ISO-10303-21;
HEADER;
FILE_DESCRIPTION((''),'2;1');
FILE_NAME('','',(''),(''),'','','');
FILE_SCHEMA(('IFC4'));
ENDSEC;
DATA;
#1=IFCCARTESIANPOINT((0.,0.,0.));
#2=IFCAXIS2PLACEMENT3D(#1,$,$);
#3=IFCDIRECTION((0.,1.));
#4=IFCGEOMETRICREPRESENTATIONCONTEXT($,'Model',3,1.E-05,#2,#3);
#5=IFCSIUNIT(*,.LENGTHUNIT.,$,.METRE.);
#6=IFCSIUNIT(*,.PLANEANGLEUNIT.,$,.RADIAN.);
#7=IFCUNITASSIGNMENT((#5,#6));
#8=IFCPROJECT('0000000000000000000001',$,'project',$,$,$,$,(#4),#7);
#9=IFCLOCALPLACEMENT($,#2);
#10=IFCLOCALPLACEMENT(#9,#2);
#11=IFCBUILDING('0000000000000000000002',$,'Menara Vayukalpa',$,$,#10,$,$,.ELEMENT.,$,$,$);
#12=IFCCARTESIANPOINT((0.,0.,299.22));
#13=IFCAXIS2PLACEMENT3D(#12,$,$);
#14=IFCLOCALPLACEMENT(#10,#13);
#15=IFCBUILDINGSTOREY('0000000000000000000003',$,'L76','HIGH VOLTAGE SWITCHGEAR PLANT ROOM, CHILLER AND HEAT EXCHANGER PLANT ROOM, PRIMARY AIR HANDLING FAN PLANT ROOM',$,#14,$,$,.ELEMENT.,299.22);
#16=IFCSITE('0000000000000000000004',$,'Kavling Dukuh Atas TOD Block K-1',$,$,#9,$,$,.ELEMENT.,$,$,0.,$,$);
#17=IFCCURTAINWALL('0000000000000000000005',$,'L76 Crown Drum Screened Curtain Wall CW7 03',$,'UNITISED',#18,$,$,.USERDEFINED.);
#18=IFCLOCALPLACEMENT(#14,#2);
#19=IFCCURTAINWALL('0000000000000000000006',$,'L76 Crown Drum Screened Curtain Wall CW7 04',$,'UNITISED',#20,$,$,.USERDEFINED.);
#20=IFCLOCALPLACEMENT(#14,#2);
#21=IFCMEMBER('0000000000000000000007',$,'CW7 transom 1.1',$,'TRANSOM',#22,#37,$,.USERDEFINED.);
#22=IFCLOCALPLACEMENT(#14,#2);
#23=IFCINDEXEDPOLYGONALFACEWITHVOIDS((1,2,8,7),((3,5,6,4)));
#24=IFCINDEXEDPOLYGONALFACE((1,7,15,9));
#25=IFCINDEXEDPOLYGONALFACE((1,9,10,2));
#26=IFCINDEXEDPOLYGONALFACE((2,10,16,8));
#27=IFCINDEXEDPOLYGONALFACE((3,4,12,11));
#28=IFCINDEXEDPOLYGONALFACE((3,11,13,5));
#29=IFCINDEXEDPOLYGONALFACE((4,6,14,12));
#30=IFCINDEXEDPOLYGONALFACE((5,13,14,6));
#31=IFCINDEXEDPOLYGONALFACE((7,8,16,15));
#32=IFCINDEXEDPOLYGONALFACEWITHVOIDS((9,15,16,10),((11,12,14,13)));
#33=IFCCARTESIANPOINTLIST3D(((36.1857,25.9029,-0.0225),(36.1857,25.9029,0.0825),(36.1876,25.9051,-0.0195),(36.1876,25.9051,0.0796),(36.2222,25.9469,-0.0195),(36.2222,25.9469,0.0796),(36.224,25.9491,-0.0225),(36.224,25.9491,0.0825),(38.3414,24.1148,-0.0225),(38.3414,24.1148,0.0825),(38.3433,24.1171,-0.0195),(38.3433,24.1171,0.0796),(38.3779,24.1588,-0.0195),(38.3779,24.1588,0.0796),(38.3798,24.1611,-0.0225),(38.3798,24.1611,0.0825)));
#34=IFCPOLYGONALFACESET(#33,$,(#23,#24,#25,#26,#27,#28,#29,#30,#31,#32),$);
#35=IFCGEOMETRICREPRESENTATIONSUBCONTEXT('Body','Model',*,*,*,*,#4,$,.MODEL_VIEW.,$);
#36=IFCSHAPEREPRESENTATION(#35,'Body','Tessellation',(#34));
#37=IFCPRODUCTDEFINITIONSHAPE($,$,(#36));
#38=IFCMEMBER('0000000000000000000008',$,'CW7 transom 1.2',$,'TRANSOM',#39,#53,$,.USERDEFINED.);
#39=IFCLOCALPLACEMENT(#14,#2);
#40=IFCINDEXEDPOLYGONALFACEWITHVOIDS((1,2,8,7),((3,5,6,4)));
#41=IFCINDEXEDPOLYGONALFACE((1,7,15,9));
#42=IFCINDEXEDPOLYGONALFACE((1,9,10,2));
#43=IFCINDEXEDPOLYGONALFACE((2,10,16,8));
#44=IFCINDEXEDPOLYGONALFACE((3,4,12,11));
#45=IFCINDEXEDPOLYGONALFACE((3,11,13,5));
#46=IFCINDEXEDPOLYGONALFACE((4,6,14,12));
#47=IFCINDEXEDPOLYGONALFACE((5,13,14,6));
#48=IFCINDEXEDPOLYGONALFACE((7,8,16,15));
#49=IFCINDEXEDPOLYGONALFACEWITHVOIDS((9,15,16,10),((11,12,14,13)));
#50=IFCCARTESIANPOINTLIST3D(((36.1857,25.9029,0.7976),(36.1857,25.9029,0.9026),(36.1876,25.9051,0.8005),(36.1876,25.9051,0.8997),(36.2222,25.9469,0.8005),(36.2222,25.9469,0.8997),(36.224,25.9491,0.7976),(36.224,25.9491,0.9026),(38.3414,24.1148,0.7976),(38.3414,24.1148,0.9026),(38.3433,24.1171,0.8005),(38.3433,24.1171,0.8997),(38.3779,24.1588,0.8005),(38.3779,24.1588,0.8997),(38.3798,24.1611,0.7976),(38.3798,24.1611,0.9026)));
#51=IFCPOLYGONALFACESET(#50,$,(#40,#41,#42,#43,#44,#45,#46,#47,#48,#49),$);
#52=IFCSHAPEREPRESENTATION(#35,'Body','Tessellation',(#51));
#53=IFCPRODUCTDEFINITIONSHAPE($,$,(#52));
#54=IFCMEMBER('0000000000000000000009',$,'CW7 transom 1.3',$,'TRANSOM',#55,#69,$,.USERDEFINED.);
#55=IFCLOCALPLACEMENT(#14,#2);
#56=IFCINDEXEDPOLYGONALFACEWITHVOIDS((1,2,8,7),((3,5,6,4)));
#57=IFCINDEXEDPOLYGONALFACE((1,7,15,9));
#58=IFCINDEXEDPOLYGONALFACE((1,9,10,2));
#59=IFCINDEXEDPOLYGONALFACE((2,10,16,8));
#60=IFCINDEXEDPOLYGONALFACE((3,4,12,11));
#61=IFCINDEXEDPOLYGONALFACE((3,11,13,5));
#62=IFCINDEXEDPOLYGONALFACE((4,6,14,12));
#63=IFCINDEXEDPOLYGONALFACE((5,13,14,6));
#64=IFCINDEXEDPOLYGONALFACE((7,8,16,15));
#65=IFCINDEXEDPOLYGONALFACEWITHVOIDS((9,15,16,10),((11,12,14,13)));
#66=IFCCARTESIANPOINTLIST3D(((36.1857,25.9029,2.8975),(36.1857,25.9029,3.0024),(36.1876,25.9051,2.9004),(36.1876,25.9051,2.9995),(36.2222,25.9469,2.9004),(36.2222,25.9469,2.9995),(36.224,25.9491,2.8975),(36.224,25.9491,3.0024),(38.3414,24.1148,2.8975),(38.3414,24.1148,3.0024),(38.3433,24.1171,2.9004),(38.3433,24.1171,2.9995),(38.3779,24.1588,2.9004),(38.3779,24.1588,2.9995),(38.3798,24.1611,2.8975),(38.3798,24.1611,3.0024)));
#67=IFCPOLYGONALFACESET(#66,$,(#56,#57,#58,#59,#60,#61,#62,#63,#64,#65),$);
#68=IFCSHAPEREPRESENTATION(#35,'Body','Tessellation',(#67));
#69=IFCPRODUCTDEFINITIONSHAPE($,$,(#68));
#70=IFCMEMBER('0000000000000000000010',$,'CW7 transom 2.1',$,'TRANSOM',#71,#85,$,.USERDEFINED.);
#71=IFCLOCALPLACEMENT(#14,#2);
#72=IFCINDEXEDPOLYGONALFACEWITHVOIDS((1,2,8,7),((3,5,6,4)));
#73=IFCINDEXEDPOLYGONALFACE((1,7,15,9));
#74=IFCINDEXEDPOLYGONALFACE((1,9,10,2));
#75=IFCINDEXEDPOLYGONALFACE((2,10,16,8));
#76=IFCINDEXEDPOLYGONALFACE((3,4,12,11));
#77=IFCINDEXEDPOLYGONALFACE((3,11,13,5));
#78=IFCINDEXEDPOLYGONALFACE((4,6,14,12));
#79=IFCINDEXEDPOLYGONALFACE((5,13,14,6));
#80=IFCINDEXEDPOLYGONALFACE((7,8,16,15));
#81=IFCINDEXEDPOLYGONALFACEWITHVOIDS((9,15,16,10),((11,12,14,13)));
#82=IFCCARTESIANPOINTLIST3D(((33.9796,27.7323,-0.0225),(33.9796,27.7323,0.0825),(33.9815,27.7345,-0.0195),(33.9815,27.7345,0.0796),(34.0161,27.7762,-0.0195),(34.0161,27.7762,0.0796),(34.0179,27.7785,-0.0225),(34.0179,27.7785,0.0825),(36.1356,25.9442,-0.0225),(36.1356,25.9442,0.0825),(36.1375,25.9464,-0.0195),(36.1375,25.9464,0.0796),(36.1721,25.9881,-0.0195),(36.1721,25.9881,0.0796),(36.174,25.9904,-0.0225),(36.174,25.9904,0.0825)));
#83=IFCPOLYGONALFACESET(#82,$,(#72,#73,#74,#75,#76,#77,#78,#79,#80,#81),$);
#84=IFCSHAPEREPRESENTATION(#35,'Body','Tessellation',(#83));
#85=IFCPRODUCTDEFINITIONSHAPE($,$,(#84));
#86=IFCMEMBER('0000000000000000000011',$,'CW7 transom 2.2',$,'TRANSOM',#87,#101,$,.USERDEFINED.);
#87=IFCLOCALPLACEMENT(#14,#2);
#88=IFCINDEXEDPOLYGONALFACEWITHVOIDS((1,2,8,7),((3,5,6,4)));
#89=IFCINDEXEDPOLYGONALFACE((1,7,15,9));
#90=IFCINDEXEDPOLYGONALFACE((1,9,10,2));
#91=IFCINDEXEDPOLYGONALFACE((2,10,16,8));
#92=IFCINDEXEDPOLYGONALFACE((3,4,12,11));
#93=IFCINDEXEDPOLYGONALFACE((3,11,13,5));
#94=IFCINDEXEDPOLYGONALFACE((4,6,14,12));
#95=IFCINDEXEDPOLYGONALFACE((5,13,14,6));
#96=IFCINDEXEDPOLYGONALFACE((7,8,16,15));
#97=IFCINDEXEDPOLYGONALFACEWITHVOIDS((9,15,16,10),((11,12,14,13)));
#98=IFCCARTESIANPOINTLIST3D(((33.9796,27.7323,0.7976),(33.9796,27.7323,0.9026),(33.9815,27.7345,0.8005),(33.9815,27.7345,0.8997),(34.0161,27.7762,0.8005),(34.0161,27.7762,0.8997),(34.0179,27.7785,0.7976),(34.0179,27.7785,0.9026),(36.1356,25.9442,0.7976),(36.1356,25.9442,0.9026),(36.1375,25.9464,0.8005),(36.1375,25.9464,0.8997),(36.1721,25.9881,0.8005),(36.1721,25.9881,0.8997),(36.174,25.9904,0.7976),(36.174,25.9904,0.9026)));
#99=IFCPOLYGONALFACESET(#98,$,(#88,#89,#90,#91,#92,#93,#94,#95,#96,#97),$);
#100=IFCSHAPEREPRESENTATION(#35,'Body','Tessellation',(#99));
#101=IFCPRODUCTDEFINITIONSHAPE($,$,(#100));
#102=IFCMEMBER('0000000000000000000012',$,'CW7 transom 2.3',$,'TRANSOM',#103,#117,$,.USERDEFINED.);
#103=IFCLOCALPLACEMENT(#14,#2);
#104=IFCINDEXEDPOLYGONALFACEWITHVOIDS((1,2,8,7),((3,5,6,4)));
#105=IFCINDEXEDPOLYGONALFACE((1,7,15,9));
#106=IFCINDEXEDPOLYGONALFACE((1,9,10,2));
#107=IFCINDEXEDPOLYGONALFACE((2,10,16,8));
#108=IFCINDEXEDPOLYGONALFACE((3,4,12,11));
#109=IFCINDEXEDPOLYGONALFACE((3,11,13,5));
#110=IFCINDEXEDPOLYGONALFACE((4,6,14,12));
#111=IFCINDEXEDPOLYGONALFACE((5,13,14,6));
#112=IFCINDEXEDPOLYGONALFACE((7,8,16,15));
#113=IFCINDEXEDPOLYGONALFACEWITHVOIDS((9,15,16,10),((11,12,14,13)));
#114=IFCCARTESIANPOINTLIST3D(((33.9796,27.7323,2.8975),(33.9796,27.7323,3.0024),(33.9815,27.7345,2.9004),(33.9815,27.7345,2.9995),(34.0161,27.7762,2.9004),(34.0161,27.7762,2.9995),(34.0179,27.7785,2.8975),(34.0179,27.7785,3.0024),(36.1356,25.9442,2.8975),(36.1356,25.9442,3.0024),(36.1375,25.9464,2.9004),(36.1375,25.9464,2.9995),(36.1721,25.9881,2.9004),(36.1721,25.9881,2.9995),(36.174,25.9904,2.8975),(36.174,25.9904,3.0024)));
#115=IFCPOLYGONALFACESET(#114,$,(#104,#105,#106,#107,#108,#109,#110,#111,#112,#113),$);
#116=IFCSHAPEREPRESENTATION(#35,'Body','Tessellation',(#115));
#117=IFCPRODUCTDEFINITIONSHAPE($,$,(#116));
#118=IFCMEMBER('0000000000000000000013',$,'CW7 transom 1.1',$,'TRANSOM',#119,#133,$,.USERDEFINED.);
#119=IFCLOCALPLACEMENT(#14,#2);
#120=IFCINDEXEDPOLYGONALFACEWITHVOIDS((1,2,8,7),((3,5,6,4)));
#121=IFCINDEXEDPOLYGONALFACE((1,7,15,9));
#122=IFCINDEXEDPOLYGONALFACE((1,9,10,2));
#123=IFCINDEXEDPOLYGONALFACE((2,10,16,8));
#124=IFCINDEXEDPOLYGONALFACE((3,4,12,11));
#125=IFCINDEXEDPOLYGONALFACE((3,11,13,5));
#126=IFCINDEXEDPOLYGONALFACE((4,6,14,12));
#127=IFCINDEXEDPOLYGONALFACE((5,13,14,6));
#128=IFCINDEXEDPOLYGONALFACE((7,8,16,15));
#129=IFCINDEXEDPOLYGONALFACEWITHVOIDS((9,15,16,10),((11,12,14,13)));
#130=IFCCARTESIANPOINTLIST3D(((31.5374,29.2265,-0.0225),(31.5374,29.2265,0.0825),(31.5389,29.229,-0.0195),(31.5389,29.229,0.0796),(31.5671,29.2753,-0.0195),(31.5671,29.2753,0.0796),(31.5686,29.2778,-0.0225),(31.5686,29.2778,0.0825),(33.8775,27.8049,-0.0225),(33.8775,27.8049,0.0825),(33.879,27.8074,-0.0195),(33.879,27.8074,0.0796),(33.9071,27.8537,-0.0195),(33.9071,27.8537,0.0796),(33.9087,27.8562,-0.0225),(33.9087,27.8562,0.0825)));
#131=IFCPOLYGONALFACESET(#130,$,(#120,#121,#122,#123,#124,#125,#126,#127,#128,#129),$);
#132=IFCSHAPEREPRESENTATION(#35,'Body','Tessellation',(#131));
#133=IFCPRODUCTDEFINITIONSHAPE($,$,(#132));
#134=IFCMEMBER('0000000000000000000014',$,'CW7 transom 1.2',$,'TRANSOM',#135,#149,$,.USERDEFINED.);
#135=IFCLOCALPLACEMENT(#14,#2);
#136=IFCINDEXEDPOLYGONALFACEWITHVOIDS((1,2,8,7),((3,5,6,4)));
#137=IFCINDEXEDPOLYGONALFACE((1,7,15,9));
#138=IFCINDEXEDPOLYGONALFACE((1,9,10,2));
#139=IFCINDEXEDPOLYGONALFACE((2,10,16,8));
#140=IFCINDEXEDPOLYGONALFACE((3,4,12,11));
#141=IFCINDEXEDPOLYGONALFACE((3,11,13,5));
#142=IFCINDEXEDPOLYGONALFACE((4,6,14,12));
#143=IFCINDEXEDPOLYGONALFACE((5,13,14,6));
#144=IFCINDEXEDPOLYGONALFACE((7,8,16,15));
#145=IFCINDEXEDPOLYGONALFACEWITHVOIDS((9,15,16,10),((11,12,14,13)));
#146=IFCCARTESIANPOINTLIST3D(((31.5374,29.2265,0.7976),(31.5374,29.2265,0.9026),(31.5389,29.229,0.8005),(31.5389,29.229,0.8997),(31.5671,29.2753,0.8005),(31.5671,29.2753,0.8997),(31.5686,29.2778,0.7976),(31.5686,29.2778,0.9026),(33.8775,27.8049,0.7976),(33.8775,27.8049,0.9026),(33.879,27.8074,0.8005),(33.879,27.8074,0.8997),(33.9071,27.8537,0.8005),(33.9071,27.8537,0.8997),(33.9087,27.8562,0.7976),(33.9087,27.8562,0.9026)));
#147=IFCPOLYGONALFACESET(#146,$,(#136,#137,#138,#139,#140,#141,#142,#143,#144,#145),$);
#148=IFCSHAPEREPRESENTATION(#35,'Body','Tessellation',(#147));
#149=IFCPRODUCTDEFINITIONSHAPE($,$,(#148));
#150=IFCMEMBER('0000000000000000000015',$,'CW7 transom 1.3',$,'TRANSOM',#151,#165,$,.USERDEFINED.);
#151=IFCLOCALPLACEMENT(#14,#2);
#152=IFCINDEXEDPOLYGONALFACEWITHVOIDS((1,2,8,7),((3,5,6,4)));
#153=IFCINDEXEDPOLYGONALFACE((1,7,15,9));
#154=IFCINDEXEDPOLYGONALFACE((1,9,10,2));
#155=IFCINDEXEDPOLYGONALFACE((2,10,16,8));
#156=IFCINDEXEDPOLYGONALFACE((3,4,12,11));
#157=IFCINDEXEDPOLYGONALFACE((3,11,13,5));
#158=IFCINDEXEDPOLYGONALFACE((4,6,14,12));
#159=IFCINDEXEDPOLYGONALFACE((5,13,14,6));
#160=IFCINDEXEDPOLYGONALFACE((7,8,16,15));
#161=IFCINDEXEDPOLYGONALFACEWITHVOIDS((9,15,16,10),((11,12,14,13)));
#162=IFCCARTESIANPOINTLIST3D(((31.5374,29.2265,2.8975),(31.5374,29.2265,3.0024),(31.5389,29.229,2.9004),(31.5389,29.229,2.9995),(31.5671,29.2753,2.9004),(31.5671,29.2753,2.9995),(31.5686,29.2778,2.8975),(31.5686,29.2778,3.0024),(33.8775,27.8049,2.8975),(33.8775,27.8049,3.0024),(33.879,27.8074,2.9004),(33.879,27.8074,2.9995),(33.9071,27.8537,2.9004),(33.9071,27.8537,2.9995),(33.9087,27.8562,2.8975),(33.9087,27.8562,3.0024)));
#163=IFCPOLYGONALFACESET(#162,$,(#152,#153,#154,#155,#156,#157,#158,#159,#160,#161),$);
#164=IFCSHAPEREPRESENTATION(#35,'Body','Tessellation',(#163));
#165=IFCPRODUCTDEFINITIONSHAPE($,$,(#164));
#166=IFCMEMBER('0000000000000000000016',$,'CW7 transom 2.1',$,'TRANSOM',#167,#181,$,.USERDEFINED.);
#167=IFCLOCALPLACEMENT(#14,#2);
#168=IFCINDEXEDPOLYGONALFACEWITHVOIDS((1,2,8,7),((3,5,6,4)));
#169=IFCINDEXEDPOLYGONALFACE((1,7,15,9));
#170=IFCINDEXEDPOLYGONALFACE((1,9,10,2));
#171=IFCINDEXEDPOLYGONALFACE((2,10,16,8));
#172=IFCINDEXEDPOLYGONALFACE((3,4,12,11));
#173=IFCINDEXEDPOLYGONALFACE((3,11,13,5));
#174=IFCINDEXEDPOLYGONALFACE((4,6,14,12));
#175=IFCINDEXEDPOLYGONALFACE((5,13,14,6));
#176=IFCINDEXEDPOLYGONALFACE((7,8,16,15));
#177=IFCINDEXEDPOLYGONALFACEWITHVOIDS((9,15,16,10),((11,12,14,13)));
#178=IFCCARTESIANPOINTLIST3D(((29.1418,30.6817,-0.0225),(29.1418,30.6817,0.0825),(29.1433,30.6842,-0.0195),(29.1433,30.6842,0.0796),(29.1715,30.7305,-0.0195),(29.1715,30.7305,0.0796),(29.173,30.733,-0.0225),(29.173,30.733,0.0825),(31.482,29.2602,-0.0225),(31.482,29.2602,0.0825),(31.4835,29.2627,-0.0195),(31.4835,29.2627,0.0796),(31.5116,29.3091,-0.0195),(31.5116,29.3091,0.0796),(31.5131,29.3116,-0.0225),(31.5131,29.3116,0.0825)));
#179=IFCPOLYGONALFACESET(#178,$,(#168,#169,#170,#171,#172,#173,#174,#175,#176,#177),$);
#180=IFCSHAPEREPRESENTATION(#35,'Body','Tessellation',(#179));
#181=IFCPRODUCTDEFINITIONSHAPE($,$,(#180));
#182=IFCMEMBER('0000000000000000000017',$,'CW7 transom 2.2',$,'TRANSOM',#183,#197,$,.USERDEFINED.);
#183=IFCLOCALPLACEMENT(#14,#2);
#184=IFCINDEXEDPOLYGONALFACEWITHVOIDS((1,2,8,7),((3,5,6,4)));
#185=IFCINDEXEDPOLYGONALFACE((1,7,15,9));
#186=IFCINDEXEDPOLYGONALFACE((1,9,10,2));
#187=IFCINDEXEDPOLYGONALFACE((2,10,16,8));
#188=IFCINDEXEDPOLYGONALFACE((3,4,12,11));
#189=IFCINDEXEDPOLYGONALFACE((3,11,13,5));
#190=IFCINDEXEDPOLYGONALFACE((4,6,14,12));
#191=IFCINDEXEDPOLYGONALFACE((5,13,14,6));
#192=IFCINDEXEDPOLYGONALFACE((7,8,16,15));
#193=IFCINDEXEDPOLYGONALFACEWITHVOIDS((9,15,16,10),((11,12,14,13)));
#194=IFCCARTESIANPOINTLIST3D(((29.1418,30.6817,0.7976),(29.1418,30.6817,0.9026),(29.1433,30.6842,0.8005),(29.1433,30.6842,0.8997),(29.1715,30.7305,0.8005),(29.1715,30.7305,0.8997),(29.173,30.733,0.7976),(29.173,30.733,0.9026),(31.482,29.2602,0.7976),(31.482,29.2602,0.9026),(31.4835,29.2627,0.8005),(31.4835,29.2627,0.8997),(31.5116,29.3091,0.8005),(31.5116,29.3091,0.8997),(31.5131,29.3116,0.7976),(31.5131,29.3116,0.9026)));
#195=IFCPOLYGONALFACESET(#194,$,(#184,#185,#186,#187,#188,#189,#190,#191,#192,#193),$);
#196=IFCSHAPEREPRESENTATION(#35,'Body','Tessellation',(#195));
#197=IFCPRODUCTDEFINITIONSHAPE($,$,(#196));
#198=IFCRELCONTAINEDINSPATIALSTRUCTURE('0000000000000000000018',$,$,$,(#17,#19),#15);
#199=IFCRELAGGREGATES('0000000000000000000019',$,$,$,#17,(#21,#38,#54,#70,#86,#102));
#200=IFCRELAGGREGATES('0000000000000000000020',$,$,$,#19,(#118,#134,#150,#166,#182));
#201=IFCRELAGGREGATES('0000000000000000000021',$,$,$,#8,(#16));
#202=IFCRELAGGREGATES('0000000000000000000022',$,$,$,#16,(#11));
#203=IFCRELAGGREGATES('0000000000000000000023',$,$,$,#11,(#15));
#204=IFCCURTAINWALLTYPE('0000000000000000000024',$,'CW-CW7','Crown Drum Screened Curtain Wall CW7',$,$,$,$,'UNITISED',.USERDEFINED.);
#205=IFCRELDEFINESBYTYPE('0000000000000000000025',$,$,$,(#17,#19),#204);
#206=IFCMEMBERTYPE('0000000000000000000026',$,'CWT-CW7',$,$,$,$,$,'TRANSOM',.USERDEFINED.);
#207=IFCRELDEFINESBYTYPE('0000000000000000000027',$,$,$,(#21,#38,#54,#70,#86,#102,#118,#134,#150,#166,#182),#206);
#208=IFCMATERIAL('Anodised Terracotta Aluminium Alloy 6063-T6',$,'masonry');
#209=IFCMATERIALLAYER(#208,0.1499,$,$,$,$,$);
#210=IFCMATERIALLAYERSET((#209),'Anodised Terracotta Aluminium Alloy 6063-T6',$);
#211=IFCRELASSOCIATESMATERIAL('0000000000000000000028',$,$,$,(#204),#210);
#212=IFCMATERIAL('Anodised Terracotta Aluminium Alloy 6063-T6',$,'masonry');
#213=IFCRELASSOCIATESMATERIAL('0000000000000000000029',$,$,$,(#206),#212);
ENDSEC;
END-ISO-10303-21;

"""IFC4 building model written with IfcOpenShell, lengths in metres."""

from ifc_helpers import new_model, si_unit, direction, frame, origin, origin_2d, place, context, subcontext, project, spatial, hollow_rectangle, extrude, material, layer, layer_set, material_profile, profile_set, type_object, element, aggregate, save


model = new_model("IFC4")

# Units and contexts
model_context = context("Model", 3, precision=1e-05, world=origin(), true_north=direction((0.0, 1.0)))
body_context = subcontext(model_context, "Body", "Model", "MODEL_VIEW")
ifc_project = project(units=[si_unit("LENGTHUNIT", "METRE"), si_unit("PLANEANGLEUNIT", "RADIAN")], contexts=[model_context])

# Site, building, storey
site_placement = place(None, origin())
site = spatial("IfcSite", under=ifc_project, at=site_placement, Name="Kavling Dukuh Atas TOD Block K-1", CompositionType="ELEMENT", RefElevation=0.0)
building_placement = place(site_placement, origin())
building = spatial("IfcBuilding", under=site, at=building_placement, Name="Menara Vayukalpa", CompositionType="ELEMENT")
storey_placement = place(building_placement, frame((0.0, 0.0, 299.22)))
storey = spatial("IfcBuildingStorey", under=building, at=storey_placement, Name="L76", Description="HIGH VOLTAGE SWITCHGEAR PLANT ROOM, CHILLER AND HEAT EXCHANGER PLANT ROOM, PRIMARY AIR HANDLING FAN PLANT ROOM", CompositionType="ELEMENT", Elevation=299.22)

# Curtain walls
ifc_material_1 = material(Name="Anodised Terracotta Aluminium Alloy 6063-T6", Category="masonry")
ifc_layer_1 = layer(ifc_material_1, 0.1499)
ifc_layer_set_1 = layer_set([ifc_layer_1], Name="Anodised Terracotta Aluminium Alloy 6063-T6")
curtain_wall_type = type_object("IfcCurtainWallType", Name="CW-CW7", Description="Crown Drum Screened Curtain Wall CW7", ElementType="UNITISED", PredefinedType="USERDEFINED", material=ifc_layer_set_1)
curtain_wall_1_placement = place(storey_placement, origin())
curtain_wall_1 = element("IfcCurtainWall", 1, at=curtain_wall_1_placement, inside=storey, type_object=curtain_wall_type, Name="L76 Crown Drum Screened Curtain Wall CW7 03", ObjectType="UNITISED", PredefinedType="USERDEFINED")
curtain_wall_2_placement = place(storey_placement, origin())
curtain_wall_2 = element("IfcCurtainWall", 2, at=curtain_wall_2_placement, inside=storey, type_object=curtain_wall_type, Name="L76 Crown Drum Screened Curtain Wall CW7 04", ObjectType="UNITISED", PredefinedType="USERDEFINED")

# Members
ifc_material_2 = material(Name="Anodised Terracotta Aluminium Alloy 6063-T6", Category="masonry")
ifc_material_profile_1 = material_profile(ifc_material_2, hollow_rectangle(XDim=0.0601, YDim=0.105, WallThickness=0.0029, at=origin_2d()), Name="ALU 60x105x3")
ifc_profile_set_1 = profile_set([ifc_material_profile_1], Name="Anodised Terracotta Aluminium Alloy 6063-T6")
member_type_1 = type_object("IfcMemberType", Name="CWT-CW7", ElementType="TRANSOM", PredefinedType="USERDEFINED", material=ifc_profile_set_1)
member_1_placement = place(storey_placement, frame((38.3606, 24.1379, 0.03), z_axis=(-0.769691, 0.638416, 0.0), x_axis=(-0.638416, -0.769691, 0.0)))
member_1 = element("IfcMember", 3, at=member_1_placement, type_object=member_type_1, Name="CW7 transom 1.1", ObjectType="TRANSOM", PredefinedType="USERDEFINED", context=body_context, shape_type="SweptSolid", body=[
    extrude(hollow_rectangle(XDim=0.0601, YDim=0.105, WallThickness=0.0029, at=origin_2d()), origin(), (0.0, 0.0, 1.0), 2.8008),
])
member_2_placement = place(storey_placement, frame((38.3606, 24.1379, 0.8501), z_axis=(-0.769691, 0.638416, 0.0), x_axis=(-0.638416, -0.769691, 0.0)))
member_2 = element("IfcMember", 4, at=member_2_placement, type_object=member_type_1, Name="CW7 transom 1.2", ObjectType="TRANSOM", PredefinedType="USERDEFINED", context=body_context, shape_type="SweptSolid", body=[
    extrude(hollow_rectangle(XDim=0.0601, YDim=0.105, WallThickness=0.0029, at=origin_2d()), origin(), (0.0, 0.0, 1.0), 2.8008),
])
member_3_placement = place(storey_placement, frame((38.3606, 24.1379, 2.95), z_axis=(-0.769691, 0.638416, 0.0), x_axis=(-0.638416, -0.769691, 0.0)))
member_3 = element("IfcMember", 5, at=member_3_placement, type_object=member_type_1, Name="CW7 transom 1.3", ObjectType="TRANSOM", PredefinedType="USERDEFINED", context=body_context, shape_type="SweptSolid", body=[
    extrude(hollow_rectangle(XDim=0.0601, YDim=0.105, WallThickness=0.0029, at=origin_2d()), origin(), (0.0, 0.0, 1.0), 2.8008),
])
member_4_placement = place(storey_placement, frame((36.1548, 25.9673, 0.03), z_axis=(-0.769727, 0.638374, 0.0), x_axis=(-0.638374, -0.769727, 0.0)))
member_4 = element("IfcMember", 6, at=member_4_placement, type_object=member_type_1, Name="CW7 transom 2.1", ObjectType="TRANSOM", PredefinedType="USERDEFINED", context=body_context, shape_type="SweptSolid", body=[
    extrude(hollow_rectangle(XDim=0.0601, YDim=0.105, WallThickness=0.0029, at=origin_2d()), origin(), (0.0, 0.0, 1.0), 2.801),
])
member_5_placement = place(storey_placement, frame((36.1548, 25.9673, 0.8501), z_axis=(-0.769727, 0.638374, 0.0), x_axis=(-0.638374, -0.769727, 0.0)))
member_5 = element("IfcMember", 7, at=member_5_placement, type_object=member_type_1, Name="CW7 transom 2.2", ObjectType="TRANSOM", PredefinedType="USERDEFINED", context=body_context, shape_type="SweptSolid", body=[
    extrude(hollow_rectangle(XDim=0.0601, YDim=0.105, WallThickness=0.0029, at=origin_2d()), origin(), (0.0, 0.0, 1.0), 2.801),
])
member_6_placement = place(storey_placement, frame((36.1548, 25.9673, 2.95), z_axis=(-0.769727, 0.638374, 0.0), x_axis=(-0.638374, -0.769727, 0.0)))
member_6 = element("IfcMember", 8, at=member_6_placement, type_object=member_type_1, Name="CW7 transom 2.3", ObjectType="TRANSOM", PredefinedType="USERDEFINED", context=body_context, shape_type="SweptSolid", body=[
    extrude(hollow_rectangle(XDim=0.0601, YDim=0.105, WallThickness=0.0029, at=origin_2d()), origin(), (0.0, 0.0, 1.0), 2.801),
])
member_7_placement = place(storey_placement, frame((33.8931, 27.8306, 0.03), z_axis=(-0.854648, 0.519208, 0.0), x_axis=(-0.519208, -0.854648, 0.0)))
member_7 = element("IfcMember", 9, at=member_7_placement, type_object=member_type_1, Name="CW7 transom 1.1", ObjectType="TRANSOM", PredefinedType="USERDEFINED", context=body_context, shape_type="SweptSolid", body=[
    extrude(hollow_rectangle(XDim=0.0601, YDim=0.105, WallThickness=0.0029, at=origin_2d()), origin(), (0.0, 0.0, 1.0), 2.738),
])
member_8_placement = place(storey_placement, frame((33.8931, 27.8306, 0.8501), z_axis=(-0.854648, 0.519208, 0.0), x_axis=(-0.519208, -0.854648, 0.0)))
member_8 = element("IfcMember", 10, at=member_8_placement, type_object=member_type_1, Name="CW7 transom 1.2", ObjectType="TRANSOM", PredefinedType="USERDEFINED", context=body_context, shape_type="SweptSolid", body=[
    extrude(hollow_rectangle(XDim=0.0601, YDim=0.105, WallThickness=0.0029, at=origin_2d()), origin(), (0.0, 0.0, 1.0), 2.738),
])
member_9_placement = place(storey_placement, frame((33.8931, 27.8306, 2.95), z_axis=(-0.854648, 0.519208, 0.0), x_axis=(-0.519208, -0.854648, 0.0)))
member_9 = element("IfcMember", 11, at=member_9_placement, type_object=member_type_1, Name="CW7 transom 1.3", ObjectType="TRANSOM", PredefinedType="USERDEFINED", context=body_context, shape_type="SweptSolid", body=[
    extrude(hollow_rectangle(XDim=0.0601, YDim=0.105, WallThickness=0.0029, at=origin_2d()), origin(), (0.0, 0.0, 1.0), 2.738),
])
member_10_placement = place(storey_placement, frame((31.4976, 29.2859, 0.03), z_axis=(-0.854687, 0.519143, 0.0), x_axis=(-0.519143, -0.854687, 0.0)))
member_10 = element("IfcMember", 12, at=member_10_placement, type_object=member_type_1, Name="CW7 transom 2.1", ObjectType="TRANSOM", PredefinedType="USERDEFINED", context=body_context, shape_type="SweptSolid", body=[
    extrude(hollow_rectangle(XDim=0.0601, YDim=0.105, WallThickness=0.0029, at=origin_2d()), origin(), (0.0, 0.0, 1.0), 2.738),
])
member_11_placement = place(storey_placement, frame((31.4976, 29.2859, 0.8501), z_axis=(-0.854687, 0.519143, 0.0), x_axis=(-0.519143, -0.854687, 0.0)))
member_11 = element("IfcMember", 13, at=member_11_placement, type_object=member_type_1, Name="CW7 transom 2.2", ObjectType="TRANSOM", PredefinedType="USERDEFINED", context=body_context, shape_type="SweptSolid", body=[
    extrude(hollow_rectangle(XDim=0.0601, YDim=0.105, WallThickness=0.0029, at=origin_2d()), origin(), (0.0, 0.0, 1.0), 2.738),
])

aggregate(curtain_wall_1, [member_1, member_2, member_3, member_4, member_5, member_6])
aggregate(curtain_wall_2, [member_7, member_8, member_9, member_10, member_11])

save(model, "model.ifc")
